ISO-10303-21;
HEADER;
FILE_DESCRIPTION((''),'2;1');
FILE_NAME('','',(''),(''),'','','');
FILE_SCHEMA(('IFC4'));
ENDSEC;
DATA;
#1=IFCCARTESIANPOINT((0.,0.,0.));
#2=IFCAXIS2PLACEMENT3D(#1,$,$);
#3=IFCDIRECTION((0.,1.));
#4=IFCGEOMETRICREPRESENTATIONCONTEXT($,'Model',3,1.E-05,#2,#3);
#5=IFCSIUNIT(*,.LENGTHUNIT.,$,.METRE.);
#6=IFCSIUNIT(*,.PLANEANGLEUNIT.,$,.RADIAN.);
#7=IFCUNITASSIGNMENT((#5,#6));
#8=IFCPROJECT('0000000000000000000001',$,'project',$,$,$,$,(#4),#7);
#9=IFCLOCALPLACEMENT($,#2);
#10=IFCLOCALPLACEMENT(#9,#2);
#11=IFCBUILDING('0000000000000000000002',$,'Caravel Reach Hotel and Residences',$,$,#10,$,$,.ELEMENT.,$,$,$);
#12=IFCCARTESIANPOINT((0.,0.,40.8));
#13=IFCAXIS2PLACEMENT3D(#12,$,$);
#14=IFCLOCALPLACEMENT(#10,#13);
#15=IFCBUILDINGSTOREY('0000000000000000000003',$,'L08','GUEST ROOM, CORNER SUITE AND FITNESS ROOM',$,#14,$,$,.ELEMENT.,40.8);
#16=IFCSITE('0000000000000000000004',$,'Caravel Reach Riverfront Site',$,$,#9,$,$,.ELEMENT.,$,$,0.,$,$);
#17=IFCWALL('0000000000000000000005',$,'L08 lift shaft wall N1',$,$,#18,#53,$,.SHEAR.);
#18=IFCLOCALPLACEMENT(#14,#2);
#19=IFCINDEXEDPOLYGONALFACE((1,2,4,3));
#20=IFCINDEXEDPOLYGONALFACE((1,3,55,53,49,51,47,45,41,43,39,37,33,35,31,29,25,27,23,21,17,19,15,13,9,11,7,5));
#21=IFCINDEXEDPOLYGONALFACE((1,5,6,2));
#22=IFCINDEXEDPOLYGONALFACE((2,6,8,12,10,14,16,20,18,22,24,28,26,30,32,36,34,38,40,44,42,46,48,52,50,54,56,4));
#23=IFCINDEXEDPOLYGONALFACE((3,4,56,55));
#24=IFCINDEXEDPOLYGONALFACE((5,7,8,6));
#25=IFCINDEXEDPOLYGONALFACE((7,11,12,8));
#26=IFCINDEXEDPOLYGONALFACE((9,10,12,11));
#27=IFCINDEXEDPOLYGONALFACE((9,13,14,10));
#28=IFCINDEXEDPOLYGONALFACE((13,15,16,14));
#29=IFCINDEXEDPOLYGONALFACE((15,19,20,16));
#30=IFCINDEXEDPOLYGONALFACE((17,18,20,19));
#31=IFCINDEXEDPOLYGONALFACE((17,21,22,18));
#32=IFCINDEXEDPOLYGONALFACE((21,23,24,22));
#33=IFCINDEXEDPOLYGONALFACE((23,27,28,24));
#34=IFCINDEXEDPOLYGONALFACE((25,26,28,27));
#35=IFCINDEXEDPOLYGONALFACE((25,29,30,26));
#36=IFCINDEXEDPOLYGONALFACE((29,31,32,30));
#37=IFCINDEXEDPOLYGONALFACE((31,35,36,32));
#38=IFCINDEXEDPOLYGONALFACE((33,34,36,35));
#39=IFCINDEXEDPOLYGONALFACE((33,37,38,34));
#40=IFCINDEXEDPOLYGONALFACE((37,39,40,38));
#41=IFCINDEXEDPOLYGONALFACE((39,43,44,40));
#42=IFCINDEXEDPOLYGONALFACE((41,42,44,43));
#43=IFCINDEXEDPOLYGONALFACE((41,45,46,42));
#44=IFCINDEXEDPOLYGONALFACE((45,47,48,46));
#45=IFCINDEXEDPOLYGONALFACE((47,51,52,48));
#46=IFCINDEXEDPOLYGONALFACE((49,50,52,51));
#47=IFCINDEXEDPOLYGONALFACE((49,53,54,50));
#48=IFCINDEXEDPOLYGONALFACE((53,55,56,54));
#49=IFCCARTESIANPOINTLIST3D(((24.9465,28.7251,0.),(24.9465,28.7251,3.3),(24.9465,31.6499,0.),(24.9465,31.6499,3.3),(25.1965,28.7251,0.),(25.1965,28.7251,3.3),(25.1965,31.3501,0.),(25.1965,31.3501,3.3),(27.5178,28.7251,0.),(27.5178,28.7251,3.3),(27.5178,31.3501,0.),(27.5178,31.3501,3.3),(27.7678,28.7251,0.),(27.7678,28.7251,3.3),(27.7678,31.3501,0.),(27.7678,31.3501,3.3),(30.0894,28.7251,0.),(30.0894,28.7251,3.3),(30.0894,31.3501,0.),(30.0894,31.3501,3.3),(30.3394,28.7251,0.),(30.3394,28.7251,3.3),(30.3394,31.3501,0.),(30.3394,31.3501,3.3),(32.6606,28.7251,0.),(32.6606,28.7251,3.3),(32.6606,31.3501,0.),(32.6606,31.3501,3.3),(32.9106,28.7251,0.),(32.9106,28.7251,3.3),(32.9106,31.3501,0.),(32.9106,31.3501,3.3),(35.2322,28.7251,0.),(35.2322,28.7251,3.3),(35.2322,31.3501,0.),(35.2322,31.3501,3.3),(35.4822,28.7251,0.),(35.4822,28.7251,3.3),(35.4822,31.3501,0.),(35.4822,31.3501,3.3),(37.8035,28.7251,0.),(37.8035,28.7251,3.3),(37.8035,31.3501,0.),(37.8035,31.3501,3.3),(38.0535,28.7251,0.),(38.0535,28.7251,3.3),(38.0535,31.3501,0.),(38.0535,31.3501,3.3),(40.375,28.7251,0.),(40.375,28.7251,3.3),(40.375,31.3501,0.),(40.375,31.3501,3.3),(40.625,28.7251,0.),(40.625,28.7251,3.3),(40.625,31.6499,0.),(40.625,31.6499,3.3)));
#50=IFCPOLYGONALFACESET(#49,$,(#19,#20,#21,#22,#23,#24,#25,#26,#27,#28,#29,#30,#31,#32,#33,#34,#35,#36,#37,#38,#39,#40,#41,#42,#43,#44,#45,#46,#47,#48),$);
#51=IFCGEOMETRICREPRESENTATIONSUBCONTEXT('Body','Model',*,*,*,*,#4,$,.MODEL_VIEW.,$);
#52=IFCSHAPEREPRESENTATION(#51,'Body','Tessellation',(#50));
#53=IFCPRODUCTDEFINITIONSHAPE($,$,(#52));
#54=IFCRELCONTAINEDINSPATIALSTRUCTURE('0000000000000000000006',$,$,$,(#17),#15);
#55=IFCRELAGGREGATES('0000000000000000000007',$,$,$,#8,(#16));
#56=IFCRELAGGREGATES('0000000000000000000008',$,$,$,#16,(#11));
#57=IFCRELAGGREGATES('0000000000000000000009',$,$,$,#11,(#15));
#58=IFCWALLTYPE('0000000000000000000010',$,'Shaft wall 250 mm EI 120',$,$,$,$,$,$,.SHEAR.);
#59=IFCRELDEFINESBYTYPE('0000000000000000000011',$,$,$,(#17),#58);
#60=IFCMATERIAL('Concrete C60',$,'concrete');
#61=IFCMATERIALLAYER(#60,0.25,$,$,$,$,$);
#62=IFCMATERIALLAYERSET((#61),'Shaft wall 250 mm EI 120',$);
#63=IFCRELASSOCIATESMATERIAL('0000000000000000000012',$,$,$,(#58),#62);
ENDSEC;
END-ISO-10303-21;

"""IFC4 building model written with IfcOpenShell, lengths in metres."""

from ifc_helpers import new_model, si_unit, direction, frame, origin, place, context, subcontext, project, spatial, polyline, outline, extrude, material, layer, layer_set, type_object, element, save


model = new_model("IFC4")

# Units and contexts
model_context = context("Model", 3, precision=1e-05, world=origin(), true_north=direction((0.0, 1.0)))
body_context = subcontext(model_context, "Body", "Model", "MODEL_VIEW")
ifc_project = project(units=[si_unit("LENGTHUNIT", "METRE"), si_unit("PLANEANGLEUNIT", "RADIAN")], contexts=[model_context])

# Site, building, storey
site_placement = place(None, origin())
site = spatial("IfcSite", under=ifc_project, at=site_placement, Name="Caravel Reach Riverfront Site", CompositionType="ELEMENT", RefElevation=0.0)
building_placement = place(site_placement, origin())
building = spatial("IfcBuilding", under=site, at=building_placement, Name="Caravel Reach Hotel and Residences", CompositionType="ELEMENT")
storey_placement = place(building_placement, frame((0.0, 0.0, 40.8)))
storey = spatial("IfcBuildingStorey", under=building, at=storey_placement, Name="L08", Description="GUEST ROOM, CORNER SUITE AND FITNESS ROOM", CompositionType="ELEMENT", Elevation=40.8)

# Wall
ifc_material_1 = material(Name="Concrete C60", Category="concrete")
ifc_layer_1 = layer(ifc_material_1, 0.25)
ifc_layer_set_1 = layer_set([ifc_layer_1], Name="Shaft wall 250 mm EI 120")
wall_type_1 = type_object("IfcWallType", Name="Shaft wall 250 mm EI 120", PredefinedType="SHEAR", material=ifc_layer_set_1)
wall_1_placement = place(storey_placement, origin())
element("IfcWall", 1, at=wall_1_placement, inside=storey, type_object=wall_type_1, Name="L08 lift shaft wall N1", PredefinedType="SHEAR", context=body_context, shape_type="SweptSolid", body=[
    extrude(outline(polyline([(24.9465, 28.7251), (25.1965, 28.7251), (25.1965, 31.3501), (27.5178, 31.3501), (27.5178, 28.7251), (27.7678, 28.7251), (27.7678, 31.3501), (30.0894, 31.3501), (30.0894, 28.7251), (30.3394, 28.7251), (30.3394, 31.3501), (32.6606, 31.3501), (32.6606, 28.7251), (32.9106, 28.7251), (32.9106, 31.3501), (35.2322, 31.3501), (35.2322, 28.7251), (35.4822, 28.7251), (35.4822, 31.3501), (37.8035, 31.3501), (37.8035, 28.7251), (38.0535, 28.7251), (38.0535, 31.3501), (40.375, 31.3501), (40.375, 28.7251), (40.625, 28.7251), (40.625, 31.6499), (24.9465, 31.6499), (24.9465, 28.7251)])), origin(), (0.0, 0.0, 1.0), 3.3),
])

save(model, "model.ifc")
